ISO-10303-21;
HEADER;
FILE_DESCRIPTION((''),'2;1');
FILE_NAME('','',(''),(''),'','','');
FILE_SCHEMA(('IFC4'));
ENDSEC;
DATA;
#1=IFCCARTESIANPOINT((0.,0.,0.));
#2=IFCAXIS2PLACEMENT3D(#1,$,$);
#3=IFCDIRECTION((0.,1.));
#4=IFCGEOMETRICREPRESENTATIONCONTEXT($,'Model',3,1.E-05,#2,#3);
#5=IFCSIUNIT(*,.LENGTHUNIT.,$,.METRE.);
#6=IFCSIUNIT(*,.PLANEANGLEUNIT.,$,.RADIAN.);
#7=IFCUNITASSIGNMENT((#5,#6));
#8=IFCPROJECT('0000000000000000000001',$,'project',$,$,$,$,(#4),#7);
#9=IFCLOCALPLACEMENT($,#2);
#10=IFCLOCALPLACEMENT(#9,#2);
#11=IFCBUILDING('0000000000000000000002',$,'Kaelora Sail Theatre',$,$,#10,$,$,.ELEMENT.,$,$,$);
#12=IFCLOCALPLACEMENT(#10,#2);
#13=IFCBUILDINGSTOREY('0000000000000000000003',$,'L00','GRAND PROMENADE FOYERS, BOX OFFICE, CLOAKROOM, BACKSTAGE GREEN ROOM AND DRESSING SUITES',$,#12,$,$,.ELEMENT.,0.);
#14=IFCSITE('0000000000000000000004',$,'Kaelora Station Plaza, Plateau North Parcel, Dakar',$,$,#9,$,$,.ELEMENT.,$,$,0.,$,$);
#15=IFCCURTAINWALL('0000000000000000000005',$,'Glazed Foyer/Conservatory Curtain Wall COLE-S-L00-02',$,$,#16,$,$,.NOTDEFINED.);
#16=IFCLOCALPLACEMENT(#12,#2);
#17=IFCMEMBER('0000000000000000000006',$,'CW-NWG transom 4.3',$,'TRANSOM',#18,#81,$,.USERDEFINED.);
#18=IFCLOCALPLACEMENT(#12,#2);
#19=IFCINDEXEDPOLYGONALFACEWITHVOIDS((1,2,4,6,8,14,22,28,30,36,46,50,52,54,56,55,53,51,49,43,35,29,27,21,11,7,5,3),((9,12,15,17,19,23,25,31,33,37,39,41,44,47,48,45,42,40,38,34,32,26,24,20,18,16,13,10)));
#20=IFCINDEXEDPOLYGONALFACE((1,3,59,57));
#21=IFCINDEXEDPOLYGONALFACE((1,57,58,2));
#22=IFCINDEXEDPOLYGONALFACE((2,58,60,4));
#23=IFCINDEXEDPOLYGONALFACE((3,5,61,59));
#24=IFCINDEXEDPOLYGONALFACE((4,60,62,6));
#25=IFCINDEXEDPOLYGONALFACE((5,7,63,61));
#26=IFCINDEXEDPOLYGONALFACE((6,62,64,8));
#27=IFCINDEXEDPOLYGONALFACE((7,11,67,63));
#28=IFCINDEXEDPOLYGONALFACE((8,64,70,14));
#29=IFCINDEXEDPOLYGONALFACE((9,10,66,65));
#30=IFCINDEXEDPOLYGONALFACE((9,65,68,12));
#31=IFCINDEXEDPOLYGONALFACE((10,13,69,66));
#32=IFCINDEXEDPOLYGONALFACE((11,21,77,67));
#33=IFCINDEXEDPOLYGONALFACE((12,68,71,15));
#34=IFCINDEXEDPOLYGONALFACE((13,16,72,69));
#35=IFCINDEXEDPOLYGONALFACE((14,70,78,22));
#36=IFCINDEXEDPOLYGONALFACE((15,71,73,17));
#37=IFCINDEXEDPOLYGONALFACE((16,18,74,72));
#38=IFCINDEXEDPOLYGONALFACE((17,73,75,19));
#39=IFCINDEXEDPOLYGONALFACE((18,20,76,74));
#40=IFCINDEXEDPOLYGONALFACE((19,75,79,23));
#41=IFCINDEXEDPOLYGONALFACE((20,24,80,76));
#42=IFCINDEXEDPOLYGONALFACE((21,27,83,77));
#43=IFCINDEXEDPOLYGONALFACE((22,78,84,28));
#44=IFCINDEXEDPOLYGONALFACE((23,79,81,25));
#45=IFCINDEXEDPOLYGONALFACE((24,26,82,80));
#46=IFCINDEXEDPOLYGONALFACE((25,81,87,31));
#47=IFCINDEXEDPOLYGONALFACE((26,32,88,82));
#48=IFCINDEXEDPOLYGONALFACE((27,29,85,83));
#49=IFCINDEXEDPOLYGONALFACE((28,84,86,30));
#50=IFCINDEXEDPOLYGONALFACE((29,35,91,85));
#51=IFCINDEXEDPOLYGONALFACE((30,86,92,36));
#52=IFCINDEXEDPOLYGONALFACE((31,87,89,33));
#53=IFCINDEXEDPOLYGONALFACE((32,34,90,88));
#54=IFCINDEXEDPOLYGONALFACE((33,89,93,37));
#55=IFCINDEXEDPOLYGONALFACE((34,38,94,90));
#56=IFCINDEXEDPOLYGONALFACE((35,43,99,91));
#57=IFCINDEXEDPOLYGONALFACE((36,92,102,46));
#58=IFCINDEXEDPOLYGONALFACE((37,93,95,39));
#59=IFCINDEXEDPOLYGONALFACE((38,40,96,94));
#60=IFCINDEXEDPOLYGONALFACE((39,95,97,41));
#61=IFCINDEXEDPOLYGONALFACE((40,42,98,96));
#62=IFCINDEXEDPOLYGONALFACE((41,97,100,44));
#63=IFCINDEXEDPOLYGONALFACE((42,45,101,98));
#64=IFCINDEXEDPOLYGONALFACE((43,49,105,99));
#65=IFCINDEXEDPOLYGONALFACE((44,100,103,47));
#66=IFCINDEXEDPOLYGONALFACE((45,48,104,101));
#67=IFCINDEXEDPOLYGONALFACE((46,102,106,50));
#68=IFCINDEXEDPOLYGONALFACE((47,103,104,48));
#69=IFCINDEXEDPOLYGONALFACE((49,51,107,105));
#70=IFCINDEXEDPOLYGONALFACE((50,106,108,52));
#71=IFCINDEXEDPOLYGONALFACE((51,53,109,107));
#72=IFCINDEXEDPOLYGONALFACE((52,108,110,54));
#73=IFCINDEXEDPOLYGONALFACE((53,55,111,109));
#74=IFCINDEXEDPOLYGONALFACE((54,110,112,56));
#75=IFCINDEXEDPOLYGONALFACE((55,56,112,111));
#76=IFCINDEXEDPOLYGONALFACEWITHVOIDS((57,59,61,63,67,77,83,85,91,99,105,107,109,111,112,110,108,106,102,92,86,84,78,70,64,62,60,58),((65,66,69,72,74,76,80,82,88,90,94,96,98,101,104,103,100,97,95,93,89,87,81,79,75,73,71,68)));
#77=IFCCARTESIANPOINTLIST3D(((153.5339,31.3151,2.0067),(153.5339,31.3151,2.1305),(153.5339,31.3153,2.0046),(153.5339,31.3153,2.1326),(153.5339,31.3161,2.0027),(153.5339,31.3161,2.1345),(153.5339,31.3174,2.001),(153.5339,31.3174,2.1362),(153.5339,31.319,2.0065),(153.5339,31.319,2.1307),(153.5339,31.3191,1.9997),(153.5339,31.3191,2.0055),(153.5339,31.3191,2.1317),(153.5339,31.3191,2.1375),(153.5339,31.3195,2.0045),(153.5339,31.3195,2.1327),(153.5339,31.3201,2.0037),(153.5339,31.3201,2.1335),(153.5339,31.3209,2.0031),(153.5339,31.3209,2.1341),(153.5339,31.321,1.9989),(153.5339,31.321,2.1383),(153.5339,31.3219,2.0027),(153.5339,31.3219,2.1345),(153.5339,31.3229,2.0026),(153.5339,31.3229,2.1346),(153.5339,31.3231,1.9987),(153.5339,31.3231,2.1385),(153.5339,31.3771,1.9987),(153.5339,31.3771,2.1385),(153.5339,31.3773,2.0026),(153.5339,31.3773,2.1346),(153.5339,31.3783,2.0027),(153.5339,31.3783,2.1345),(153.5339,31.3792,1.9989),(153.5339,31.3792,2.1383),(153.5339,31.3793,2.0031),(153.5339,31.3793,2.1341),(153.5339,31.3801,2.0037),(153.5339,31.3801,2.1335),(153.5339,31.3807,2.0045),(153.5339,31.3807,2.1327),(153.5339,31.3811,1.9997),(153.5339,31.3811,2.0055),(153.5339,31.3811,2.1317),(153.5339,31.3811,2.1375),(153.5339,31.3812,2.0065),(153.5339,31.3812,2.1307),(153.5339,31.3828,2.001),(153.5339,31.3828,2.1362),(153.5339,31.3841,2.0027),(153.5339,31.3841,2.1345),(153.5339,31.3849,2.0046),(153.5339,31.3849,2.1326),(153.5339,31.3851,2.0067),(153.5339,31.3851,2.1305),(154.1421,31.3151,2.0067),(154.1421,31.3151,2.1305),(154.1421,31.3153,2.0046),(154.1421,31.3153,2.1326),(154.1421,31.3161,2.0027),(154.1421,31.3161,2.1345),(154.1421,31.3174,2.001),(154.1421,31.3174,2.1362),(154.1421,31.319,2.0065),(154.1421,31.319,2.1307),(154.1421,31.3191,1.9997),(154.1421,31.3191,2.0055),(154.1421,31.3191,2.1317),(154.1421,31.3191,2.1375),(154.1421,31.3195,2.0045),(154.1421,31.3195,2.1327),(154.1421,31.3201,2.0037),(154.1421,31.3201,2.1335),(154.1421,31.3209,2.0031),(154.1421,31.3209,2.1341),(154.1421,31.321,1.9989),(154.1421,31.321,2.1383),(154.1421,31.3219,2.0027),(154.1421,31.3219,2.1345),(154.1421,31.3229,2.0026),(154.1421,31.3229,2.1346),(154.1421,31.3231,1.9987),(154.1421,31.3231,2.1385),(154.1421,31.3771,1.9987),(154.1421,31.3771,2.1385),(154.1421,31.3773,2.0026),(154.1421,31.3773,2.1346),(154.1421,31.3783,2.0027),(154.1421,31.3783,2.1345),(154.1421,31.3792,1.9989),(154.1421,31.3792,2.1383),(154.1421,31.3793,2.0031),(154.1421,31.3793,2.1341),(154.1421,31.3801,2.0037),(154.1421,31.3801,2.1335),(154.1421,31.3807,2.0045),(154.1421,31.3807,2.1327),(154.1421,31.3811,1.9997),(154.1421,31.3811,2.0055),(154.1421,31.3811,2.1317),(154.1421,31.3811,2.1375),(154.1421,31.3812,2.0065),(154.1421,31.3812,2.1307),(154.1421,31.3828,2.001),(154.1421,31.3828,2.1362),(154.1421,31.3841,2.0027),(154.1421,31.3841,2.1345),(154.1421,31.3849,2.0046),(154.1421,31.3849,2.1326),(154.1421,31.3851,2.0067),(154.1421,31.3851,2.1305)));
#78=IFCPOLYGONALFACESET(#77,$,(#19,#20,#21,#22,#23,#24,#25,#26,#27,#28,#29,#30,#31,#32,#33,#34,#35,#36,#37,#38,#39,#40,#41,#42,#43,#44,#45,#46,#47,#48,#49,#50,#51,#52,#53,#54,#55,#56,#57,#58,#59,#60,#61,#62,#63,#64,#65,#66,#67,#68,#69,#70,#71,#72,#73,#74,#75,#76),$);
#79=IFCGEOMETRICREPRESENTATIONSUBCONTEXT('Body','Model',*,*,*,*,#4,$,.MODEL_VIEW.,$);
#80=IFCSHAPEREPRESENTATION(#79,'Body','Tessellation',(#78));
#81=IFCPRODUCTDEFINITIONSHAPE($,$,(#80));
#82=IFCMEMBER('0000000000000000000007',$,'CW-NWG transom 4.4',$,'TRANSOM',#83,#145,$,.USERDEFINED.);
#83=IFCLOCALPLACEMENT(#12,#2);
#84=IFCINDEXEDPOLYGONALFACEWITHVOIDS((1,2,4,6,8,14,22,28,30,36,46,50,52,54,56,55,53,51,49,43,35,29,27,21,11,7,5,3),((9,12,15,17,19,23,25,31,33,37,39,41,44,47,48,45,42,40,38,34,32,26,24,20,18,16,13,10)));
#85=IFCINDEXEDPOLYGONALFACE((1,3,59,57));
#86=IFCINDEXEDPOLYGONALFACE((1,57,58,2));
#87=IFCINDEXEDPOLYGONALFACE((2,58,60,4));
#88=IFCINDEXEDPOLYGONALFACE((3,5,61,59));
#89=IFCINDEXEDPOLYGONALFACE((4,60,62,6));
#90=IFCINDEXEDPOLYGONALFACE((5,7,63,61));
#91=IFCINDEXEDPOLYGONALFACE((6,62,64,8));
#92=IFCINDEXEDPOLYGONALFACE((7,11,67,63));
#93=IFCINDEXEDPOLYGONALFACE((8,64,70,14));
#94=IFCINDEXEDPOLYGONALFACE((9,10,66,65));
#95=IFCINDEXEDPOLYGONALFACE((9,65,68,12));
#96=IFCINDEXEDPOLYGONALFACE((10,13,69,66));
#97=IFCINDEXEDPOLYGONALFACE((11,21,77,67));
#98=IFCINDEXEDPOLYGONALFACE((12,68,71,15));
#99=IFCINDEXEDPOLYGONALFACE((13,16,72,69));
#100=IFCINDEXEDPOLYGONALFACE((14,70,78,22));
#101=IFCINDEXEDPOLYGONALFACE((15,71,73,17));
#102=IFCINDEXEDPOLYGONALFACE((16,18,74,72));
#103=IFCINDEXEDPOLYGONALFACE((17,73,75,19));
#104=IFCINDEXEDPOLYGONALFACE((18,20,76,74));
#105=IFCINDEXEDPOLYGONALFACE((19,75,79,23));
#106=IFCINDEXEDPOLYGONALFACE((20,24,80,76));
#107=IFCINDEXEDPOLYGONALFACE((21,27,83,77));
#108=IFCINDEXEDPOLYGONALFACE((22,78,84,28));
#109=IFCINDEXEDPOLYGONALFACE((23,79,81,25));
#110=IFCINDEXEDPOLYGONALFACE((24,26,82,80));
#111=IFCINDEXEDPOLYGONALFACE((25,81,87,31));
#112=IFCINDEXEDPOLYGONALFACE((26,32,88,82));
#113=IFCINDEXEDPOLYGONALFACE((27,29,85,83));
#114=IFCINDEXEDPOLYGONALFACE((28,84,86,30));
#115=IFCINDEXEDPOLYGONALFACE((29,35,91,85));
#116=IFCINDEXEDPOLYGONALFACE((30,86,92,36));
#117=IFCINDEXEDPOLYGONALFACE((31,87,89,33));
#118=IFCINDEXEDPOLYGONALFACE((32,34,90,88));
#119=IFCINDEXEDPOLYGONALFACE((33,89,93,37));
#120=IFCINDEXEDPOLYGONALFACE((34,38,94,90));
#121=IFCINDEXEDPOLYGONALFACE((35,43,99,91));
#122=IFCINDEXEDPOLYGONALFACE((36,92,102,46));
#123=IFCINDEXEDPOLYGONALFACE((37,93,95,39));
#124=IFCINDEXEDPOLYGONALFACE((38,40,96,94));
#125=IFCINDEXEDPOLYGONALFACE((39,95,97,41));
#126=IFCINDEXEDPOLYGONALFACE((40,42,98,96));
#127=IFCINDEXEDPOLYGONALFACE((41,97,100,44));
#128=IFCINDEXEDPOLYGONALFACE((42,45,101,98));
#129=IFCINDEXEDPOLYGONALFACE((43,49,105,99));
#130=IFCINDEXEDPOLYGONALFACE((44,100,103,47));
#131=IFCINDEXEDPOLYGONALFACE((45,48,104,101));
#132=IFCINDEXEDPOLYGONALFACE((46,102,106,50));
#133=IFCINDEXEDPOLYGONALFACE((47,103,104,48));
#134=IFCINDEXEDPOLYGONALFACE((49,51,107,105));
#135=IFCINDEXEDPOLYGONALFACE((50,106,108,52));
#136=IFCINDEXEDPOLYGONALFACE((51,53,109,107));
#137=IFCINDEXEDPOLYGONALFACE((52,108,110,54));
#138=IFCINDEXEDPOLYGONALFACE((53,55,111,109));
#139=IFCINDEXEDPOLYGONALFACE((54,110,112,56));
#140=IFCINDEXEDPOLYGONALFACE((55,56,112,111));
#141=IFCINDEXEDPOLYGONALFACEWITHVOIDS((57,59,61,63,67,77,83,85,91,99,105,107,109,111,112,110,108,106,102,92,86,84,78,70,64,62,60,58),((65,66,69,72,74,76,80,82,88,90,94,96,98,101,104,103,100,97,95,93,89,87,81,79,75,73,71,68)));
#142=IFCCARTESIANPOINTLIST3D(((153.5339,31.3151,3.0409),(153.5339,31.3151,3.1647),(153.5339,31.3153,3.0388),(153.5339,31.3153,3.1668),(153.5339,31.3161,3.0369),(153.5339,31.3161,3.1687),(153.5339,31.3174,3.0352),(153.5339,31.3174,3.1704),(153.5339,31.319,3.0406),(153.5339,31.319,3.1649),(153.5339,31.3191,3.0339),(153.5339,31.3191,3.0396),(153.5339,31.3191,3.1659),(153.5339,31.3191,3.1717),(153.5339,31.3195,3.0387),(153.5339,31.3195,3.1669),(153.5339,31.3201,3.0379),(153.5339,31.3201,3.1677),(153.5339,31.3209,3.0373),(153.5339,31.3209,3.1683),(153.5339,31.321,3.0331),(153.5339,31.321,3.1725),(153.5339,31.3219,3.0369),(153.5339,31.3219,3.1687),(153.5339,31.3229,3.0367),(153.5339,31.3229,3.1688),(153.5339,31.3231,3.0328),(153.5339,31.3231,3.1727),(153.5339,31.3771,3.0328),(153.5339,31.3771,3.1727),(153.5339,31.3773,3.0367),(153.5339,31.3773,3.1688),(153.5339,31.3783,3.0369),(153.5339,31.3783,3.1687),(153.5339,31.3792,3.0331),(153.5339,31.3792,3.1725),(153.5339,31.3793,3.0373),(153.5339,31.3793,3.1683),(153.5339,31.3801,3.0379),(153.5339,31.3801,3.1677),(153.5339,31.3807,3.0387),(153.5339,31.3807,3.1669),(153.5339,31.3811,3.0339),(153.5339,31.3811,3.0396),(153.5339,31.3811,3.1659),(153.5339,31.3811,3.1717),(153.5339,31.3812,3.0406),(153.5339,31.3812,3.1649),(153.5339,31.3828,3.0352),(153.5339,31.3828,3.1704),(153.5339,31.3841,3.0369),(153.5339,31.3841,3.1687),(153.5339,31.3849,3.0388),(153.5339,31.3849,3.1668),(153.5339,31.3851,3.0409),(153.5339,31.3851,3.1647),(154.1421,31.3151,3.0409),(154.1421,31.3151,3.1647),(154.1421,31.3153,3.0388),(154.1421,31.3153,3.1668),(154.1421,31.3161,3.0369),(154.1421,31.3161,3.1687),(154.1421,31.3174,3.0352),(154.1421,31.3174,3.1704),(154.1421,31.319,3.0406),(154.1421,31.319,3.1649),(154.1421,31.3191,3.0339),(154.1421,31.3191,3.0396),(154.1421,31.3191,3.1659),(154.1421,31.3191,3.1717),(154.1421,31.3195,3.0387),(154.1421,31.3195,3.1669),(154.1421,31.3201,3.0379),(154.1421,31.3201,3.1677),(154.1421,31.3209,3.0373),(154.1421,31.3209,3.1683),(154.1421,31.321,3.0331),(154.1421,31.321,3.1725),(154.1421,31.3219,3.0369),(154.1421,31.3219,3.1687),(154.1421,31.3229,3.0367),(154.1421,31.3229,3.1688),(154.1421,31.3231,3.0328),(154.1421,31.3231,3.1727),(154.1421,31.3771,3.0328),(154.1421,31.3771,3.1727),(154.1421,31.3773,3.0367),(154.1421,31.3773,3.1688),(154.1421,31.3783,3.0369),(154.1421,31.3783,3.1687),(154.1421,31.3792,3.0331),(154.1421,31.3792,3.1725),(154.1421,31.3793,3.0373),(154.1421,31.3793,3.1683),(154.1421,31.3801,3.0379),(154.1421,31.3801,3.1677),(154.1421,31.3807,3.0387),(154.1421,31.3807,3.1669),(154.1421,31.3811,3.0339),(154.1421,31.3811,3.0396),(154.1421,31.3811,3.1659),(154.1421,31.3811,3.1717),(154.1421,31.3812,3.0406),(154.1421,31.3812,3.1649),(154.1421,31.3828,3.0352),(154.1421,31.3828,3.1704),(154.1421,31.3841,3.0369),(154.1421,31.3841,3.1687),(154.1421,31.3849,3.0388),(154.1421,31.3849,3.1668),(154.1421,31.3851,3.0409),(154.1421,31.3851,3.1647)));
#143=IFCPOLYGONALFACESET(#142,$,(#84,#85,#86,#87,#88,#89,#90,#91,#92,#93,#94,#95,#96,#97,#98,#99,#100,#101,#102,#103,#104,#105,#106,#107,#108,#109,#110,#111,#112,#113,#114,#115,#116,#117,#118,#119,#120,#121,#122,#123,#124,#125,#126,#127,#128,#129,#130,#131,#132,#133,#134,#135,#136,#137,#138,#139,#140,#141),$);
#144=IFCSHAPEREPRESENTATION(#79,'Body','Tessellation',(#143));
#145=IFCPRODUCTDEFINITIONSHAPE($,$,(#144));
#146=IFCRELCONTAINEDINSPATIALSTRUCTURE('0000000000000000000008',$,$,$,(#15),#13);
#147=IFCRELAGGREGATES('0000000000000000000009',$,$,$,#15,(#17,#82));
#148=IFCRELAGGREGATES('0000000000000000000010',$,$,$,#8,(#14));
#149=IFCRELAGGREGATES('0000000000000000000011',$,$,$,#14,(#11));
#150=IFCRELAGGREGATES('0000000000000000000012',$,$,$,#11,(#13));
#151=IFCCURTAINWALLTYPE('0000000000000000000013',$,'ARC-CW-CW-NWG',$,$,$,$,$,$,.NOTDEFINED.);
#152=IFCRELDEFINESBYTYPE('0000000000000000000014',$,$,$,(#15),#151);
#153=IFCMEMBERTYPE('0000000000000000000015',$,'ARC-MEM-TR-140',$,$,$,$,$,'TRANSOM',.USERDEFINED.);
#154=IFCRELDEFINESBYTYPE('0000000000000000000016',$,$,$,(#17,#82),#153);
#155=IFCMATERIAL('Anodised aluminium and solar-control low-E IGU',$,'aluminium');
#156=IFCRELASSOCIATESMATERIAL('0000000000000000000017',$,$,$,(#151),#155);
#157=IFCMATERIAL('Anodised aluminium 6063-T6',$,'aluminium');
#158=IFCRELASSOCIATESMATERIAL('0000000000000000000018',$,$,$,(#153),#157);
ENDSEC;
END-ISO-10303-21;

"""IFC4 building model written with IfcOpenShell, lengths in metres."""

from ifc_helpers import new_model, si_unit, direction, frame, origin, origin_2d, place, context, subcontext, project, spatial, hollow_rectangle, extrude, material, material_profile, profile_set, type_object, element, aggregate, save


model = new_model("IFC4")

# Units and contexts
model_context = context("Model", 3, precision=1e-05, world=origin(), true_north=direction((0.0, 1.0)))
body_context = subcontext(model_context, "Body", "Model", "MODEL_VIEW")
ifc_project = project(units=[si_unit("LENGTHUNIT", "METRE"), si_unit("PLANEANGLEUNIT", "RADIAN")], contexts=[model_context])

# Site, building, storey
site_placement = place(None, origin())
site = spatial("IfcSite", under=ifc_project, at=site_placement, Name="Kaelora Station Plaza, Plateau North Parcel, Dakar", CompositionType="ELEMENT", RefElevation=0.0)
building_placement = place(site_placement, origin())
building = spatial("IfcBuilding", under=site, at=building_placement, Name="Kaelora Sail Theatre", CompositionType="ELEMENT")
storey_placement = place(building_placement, origin())
storey = spatial("IfcBuildingStorey", under=building, at=storey_placement, Name="L00", Description="GRAND PROMENADE FOYERS, BOX OFFICE, CLOAKROOM, BACKSTAGE GREEN ROOM AND DRESSING SUITES", CompositionType="ELEMENT", Elevation=0.0)

# Curtain wall, members
ifc_material_1 = material(Name="Anodised aluminium and solar-control low-E IGU", Category="aluminium")
curtain_wall_type = type_object("IfcCurtainWallType", Name="ARC-CW-CW-NWG", PredefinedType="NOTDEFINED", material=ifc_material_1)
curtain_wall_placement = place(storey_placement, origin())
curtain_wall = element("IfcCurtainWall", 1, at=curtain_wall_placement, inside=storey, type_object=curtain_wall_type, Name="Glazed Foyer/Conservatory Curtain Wall COLE-S-L00-02", PredefinedType="NOTDEFINED")
ifc_material_2 = material(Name="Anodised aluminium 6063-T6", Category="aluminium")
ifc_material_profile_1 = material_profile(ifc_material_2, hollow_rectangle(XDim=0.0701, YDim=0.1399, WallThickness=0.0039, InnerFilletRadius=0.0039, OuterFilletRadius=0.0081, at=origin_2d()), Name="ALU-TRAN 70x140x4")
ifc_profile_set_1 = profile_set([ifc_material_profile_1], Name="Anodised aluminium 6063-T6")
member_type_1 = type_object("IfcMemberType", Name="ARC-MEM-TR-140", ElementType="TRANSOM", PredefinedType="USERDEFINED", material=ifc_profile_set_1)
member_1_placement = place(storey_placement, frame((153.5339, 31.3501, 2.0686), z_axis=(1.0, 0.0, 0.0), x_axis=(0.0, 1.0, 0.0)))
member_1 = element("IfcMember", 2, at=member_1_placement, type_object=member_type_1, Name="CW-NWG transom 4.3", ObjectType="TRANSOM", PredefinedType="USERDEFINED", context=body_context, shape_type="SweptSolid", body=[
    extrude(hollow_rectangle(XDim=0.0701, YDim=0.1399, WallThickness=0.0039, InnerFilletRadius=0.0039, OuterFilletRadius=0.0081, at=origin_2d()), origin(), (0.0, 0.0, 1.0), 0.6082),
])
member_2_placement = place(storey_placement, frame((153.5339, 31.3501, 3.1028), z_axis=(1.0, 0.0, 0.0), x_axis=(0.0, 1.0, 0.0)))
member_2 = element("IfcMember", 3, at=member_2_placement, type_object=member_type_1, Name="CW-NWG transom 4.4", ObjectType="TRANSOM", PredefinedType="USERDEFINED", context=body_context, shape_type="SweptSolid", body=[
    extrude(hollow_rectangle(XDim=0.0701, YDim=0.1399, WallThickness=0.0039, InnerFilletRadius=0.0039, OuterFilletRadius=0.0081, at=origin_2d()), origin(), (0.0, 0.0, 1.0), 0.6082),
])
aggregate(curtain_wall, [member_1, member_2])

save(model, "model.ifc")
